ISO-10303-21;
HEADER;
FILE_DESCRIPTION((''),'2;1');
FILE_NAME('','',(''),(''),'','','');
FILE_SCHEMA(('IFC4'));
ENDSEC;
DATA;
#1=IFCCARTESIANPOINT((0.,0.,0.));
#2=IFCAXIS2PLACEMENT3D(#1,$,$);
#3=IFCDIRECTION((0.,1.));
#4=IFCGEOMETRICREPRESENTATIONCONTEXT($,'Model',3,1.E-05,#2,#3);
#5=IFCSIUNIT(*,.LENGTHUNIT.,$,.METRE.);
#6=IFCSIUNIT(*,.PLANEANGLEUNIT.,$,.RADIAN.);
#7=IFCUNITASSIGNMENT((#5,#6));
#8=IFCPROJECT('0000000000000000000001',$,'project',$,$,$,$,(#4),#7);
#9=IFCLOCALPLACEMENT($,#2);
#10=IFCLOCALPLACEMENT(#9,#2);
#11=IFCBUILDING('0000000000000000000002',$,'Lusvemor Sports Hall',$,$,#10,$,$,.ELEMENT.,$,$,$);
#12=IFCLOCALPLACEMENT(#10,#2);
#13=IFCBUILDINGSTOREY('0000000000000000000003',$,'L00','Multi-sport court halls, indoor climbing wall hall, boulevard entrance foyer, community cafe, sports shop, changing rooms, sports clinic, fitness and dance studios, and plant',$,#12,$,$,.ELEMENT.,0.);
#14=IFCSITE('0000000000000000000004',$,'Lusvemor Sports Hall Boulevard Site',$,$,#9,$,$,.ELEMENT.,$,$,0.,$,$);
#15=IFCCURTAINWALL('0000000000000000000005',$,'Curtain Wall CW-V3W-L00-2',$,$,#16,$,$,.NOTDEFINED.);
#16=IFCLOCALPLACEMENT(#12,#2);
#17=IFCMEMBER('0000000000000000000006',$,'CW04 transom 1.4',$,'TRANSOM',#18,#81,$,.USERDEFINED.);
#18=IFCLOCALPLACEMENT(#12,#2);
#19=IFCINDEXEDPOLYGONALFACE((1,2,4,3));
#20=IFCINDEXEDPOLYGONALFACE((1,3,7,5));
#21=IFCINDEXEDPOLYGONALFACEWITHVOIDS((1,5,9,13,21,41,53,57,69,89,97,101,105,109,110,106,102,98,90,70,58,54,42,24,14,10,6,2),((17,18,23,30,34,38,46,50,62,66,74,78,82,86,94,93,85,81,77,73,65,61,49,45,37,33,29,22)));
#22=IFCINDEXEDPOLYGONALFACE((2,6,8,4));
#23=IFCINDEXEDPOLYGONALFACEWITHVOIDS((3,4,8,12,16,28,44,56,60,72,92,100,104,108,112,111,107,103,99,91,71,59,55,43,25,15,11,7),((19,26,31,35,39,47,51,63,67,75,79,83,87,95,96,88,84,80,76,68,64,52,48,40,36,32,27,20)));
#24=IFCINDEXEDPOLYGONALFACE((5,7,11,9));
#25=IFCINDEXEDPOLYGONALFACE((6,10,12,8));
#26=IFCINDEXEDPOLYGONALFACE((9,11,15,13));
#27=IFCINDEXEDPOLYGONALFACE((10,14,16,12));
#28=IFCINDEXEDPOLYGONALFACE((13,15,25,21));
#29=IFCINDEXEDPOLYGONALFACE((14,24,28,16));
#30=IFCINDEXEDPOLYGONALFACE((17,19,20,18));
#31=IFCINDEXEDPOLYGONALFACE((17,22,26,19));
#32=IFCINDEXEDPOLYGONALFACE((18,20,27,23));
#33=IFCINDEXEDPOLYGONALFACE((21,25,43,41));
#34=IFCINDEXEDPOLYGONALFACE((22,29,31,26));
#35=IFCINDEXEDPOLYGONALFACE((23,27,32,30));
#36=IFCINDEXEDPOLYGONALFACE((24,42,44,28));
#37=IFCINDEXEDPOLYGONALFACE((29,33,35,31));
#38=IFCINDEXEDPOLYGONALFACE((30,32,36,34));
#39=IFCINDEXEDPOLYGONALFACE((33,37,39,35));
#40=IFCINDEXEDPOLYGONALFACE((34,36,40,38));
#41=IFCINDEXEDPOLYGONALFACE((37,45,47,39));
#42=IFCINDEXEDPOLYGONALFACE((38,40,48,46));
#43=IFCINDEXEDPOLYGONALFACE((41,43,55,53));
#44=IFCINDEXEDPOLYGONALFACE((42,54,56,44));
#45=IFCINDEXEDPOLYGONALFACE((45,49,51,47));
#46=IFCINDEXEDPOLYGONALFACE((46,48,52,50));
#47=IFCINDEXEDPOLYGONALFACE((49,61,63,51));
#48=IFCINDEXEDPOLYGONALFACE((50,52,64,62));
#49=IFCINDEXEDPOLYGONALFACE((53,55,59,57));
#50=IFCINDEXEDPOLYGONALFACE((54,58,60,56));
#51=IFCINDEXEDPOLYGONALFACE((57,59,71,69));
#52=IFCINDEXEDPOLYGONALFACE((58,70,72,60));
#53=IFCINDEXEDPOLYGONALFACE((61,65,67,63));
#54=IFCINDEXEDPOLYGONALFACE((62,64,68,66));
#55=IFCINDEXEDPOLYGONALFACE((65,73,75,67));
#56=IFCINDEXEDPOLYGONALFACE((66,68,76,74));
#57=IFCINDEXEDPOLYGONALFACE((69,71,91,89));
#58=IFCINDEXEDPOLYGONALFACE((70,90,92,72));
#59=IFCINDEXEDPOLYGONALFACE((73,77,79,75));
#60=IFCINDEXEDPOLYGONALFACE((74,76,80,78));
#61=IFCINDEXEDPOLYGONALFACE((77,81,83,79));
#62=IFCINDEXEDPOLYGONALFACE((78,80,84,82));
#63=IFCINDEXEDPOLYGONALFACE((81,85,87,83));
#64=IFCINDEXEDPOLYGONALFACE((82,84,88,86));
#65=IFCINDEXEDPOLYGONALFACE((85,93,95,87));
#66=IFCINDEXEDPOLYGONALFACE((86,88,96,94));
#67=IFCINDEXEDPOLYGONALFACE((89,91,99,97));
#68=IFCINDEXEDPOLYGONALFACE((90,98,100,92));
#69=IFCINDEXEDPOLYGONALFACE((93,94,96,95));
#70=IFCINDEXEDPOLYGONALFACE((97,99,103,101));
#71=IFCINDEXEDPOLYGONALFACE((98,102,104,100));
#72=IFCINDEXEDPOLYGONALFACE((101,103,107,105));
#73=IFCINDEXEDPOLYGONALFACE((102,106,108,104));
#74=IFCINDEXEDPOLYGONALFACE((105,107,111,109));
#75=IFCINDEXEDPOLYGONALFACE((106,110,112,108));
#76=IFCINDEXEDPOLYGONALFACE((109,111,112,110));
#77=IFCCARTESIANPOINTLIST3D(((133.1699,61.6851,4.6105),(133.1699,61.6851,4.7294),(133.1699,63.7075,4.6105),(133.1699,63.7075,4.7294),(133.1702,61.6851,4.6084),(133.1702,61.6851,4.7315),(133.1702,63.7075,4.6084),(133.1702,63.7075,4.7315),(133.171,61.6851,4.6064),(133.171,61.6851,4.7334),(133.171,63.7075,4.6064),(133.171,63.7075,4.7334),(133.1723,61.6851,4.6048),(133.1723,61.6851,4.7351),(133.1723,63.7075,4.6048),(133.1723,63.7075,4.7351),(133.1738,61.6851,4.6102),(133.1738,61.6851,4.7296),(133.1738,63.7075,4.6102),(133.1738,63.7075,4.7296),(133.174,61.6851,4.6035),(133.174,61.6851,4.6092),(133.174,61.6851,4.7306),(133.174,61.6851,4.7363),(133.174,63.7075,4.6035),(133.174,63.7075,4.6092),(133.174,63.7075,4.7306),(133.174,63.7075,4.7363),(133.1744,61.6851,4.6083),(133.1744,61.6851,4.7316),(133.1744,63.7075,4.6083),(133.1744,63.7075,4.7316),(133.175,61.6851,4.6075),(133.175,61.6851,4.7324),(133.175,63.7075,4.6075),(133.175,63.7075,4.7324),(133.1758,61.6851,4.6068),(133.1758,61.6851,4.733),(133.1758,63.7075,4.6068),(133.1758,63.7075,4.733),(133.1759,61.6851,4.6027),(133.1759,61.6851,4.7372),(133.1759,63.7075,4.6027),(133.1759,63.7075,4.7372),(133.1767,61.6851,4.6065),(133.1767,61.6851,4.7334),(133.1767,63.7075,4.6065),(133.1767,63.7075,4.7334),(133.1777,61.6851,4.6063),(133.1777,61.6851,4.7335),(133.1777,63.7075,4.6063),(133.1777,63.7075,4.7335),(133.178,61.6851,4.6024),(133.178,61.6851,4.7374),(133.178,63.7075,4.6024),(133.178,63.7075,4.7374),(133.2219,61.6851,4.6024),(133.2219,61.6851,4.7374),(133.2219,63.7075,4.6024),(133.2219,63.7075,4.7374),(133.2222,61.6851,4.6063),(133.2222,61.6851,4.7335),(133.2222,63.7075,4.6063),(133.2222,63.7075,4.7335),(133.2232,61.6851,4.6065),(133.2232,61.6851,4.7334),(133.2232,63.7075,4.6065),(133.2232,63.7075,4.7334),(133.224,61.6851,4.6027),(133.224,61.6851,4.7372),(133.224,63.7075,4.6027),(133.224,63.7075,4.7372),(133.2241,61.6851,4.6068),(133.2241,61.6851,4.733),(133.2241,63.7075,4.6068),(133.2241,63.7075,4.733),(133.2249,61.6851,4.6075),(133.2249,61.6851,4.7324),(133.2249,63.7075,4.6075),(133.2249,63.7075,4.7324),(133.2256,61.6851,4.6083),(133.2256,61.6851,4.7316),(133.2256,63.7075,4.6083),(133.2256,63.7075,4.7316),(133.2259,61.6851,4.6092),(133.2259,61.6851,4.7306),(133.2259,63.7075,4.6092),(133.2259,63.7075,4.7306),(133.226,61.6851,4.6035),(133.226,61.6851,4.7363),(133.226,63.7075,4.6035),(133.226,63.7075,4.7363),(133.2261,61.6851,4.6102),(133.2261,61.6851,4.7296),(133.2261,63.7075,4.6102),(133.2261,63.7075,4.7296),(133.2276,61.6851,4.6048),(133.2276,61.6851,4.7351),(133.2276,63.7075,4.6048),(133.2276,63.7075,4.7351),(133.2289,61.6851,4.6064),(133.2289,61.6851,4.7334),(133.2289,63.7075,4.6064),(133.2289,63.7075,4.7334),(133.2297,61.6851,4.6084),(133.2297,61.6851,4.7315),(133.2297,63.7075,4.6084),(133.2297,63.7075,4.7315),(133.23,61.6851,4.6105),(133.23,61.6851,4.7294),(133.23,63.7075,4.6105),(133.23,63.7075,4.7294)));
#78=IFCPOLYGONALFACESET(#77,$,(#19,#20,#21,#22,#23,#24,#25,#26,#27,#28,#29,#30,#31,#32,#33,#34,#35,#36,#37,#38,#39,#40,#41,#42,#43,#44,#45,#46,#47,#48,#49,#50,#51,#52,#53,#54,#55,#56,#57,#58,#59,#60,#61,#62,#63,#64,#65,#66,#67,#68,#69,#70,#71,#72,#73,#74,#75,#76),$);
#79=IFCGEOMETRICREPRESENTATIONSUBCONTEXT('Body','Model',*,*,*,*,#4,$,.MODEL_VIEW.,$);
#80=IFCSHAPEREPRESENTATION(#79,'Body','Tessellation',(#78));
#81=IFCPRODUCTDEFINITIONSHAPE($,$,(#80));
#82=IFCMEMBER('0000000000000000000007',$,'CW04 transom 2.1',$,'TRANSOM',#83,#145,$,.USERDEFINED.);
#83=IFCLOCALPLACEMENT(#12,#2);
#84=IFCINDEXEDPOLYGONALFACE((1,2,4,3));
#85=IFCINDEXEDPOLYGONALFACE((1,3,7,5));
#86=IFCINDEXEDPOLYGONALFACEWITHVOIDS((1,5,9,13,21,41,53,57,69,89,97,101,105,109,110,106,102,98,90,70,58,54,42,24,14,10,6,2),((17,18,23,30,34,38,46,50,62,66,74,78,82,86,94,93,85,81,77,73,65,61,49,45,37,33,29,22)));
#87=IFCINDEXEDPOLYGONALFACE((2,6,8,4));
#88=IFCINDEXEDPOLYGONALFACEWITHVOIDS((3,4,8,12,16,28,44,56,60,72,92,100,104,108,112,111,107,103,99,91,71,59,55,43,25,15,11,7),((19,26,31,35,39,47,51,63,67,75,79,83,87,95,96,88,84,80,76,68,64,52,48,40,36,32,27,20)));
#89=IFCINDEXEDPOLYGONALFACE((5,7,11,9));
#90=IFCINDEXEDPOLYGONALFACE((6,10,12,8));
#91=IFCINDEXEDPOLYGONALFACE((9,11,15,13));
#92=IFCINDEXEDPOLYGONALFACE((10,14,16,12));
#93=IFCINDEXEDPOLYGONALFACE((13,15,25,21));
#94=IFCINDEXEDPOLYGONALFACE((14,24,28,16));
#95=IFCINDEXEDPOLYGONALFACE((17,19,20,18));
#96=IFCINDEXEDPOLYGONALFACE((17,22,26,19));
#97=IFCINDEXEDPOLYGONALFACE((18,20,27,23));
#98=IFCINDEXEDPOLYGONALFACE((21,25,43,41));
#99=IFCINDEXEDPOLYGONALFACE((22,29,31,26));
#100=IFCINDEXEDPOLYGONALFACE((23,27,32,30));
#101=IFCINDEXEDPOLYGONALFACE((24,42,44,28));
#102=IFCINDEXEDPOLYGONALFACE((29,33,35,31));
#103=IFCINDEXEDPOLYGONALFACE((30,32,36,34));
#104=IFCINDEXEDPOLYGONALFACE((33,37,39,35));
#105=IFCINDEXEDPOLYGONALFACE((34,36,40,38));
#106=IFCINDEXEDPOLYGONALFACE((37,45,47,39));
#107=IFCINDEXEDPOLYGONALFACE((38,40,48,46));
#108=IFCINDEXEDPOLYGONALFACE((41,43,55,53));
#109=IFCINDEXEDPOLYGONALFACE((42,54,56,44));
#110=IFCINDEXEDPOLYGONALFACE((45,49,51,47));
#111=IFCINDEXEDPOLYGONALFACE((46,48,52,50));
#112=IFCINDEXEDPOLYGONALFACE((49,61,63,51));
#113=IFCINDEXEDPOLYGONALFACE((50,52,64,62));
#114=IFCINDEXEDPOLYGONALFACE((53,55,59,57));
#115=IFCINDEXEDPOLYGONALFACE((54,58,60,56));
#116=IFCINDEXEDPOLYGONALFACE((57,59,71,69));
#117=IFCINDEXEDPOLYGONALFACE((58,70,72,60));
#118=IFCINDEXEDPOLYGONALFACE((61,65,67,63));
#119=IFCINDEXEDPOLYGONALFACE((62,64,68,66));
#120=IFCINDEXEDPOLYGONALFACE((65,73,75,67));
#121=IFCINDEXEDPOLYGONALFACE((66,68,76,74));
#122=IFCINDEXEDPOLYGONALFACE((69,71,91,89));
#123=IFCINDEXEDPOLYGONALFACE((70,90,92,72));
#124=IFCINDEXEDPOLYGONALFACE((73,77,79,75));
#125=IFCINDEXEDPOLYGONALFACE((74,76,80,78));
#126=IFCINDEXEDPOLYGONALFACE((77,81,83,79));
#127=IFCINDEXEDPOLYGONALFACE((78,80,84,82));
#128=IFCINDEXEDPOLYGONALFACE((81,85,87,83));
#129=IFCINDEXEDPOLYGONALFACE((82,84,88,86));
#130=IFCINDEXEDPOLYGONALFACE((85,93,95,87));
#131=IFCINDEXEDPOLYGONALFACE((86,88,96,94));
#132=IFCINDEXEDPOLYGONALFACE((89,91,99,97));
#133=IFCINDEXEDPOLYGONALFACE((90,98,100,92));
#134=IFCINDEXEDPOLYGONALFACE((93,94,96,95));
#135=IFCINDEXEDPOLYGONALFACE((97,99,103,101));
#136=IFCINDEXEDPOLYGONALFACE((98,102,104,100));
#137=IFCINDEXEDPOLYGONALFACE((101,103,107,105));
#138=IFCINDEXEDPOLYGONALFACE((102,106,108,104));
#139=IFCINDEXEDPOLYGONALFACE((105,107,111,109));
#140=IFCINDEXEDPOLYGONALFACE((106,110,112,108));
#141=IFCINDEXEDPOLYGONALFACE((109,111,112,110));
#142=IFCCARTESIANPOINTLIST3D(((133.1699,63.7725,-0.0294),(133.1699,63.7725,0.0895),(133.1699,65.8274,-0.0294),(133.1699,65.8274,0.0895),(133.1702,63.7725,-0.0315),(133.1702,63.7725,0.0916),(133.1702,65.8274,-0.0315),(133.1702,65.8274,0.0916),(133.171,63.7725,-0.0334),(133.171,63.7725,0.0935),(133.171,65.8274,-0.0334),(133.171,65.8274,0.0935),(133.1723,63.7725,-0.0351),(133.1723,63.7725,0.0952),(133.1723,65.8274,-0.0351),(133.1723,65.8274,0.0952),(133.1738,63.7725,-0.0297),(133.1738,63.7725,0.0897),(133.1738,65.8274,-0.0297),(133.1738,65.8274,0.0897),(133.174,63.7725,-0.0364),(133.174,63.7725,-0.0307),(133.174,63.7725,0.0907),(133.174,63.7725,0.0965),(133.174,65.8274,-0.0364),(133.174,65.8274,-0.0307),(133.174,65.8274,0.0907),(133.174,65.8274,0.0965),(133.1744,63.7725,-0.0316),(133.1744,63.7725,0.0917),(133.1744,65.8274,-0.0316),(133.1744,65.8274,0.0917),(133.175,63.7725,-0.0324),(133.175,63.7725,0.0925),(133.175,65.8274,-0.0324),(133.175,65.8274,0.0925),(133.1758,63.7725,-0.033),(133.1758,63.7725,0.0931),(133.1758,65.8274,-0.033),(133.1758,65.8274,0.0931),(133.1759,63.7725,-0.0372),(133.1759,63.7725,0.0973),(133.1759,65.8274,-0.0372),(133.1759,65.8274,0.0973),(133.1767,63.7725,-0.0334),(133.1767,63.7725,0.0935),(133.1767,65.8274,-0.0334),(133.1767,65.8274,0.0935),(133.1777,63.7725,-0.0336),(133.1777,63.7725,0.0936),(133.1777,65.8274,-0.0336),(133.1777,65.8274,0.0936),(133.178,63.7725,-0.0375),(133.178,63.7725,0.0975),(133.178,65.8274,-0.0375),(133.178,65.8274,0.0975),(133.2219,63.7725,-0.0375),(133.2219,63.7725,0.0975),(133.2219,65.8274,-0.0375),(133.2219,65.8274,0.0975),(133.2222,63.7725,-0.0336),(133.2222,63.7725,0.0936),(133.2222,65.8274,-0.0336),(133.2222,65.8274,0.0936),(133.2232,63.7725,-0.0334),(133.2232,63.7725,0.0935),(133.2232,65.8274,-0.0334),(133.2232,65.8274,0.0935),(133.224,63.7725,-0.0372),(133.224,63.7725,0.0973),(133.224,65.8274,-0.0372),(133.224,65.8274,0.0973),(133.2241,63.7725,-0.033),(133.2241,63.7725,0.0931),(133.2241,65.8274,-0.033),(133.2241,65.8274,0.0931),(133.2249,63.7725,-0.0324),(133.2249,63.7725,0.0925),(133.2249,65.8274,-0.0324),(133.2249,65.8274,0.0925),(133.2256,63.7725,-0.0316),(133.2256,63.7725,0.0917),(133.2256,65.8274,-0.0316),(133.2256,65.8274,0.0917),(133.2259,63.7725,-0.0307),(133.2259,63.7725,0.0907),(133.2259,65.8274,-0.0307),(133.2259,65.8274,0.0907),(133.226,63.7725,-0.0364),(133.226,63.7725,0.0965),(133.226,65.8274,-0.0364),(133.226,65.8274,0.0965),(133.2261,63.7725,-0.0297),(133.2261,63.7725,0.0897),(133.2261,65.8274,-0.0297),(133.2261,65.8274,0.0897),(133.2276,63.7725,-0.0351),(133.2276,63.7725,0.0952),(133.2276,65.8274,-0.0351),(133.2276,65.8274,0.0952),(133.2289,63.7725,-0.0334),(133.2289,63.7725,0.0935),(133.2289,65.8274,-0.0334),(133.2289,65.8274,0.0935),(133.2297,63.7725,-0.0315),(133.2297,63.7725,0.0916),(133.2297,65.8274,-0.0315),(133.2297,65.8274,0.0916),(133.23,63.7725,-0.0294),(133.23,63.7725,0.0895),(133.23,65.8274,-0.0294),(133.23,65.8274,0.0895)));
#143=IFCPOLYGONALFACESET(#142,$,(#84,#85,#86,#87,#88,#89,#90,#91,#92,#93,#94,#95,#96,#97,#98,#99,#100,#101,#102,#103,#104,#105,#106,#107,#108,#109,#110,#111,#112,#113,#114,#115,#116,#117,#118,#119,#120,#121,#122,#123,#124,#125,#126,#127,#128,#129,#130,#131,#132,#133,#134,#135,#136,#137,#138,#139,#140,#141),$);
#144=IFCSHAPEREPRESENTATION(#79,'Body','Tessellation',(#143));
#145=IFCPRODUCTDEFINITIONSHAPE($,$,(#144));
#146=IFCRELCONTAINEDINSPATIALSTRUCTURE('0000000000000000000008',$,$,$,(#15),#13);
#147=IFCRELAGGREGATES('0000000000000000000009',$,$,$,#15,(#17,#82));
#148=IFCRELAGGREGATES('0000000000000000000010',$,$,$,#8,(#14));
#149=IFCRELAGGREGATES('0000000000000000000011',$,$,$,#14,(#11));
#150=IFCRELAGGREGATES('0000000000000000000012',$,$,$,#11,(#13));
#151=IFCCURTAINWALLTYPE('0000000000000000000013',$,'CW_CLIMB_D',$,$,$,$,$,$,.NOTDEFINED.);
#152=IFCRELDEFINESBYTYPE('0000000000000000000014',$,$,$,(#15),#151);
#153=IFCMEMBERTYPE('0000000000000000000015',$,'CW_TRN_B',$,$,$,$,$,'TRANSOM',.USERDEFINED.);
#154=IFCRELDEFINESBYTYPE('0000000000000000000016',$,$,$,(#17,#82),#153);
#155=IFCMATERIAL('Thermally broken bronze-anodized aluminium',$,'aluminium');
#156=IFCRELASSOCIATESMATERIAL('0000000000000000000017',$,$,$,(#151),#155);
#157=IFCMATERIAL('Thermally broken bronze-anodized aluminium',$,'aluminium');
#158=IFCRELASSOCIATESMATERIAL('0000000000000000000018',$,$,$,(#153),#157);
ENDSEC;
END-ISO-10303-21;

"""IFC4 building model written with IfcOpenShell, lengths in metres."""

from ifc_helpers import new_model, si_unit, direction, frame, origin, origin_2d, place, context, subcontext, project, spatial, hollow_rectangle, extrude, material, material_profile, profile_set, type_object, element, aggregate, save


model = new_model("IFC4")

# Units and contexts
model_context = context("Model", 3, precision=1e-05, world=origin(), true_north=direction((0.0, 1.0)))
body_context = subcontext(model_context, "Body", "Model", "MODEL_VIEW")
ifc_project = project(units=[si_unit("LENGTHUNIT", "METRE"), si_unit("PLANEANGLEUNIT", "RADIAN")], contexts=[model_context])

# Site, building, storey
site_placement = place(None, origin())
site = spatial("IfcSite", under=ifc_project, at=site_placement, Name="Lusvemor Sports Hall Boulevard Site", CompositionType="ELEMENT", RefElevation=0.0)
building_placement = place(site_placement, origin())
building = spatial("IfcBuilding", under=site, at=building_placement, Name="Lusvemor Sports Hall", CompositionType="ELEMENT")
storey_placement = place(building_placement, origin())
storey = spatial("IfcBuildingStorey", under=building, at=storey_placement, Name="L00", Description="Multi-sport court halls, indoor climbing wall hall, boulevard entrance foyer, community cafe, sports shop, changing rooms, sports clinic, fitness and dance studios, and plant", CompositionType="ELEMENT", Elevation=0.0)

# Curtain wall, members
ifc_material_1 = material(Name="Thermally broken bronze-anodized aluminium", Category="aluminium")
curtain_wall_type = type_object("IfcCurtainWallType", Name="CW_CLIMB_D", PredefinedType="NOTDEFINED", material=ifc_material_1)
curtain_wall_placement = place(storey_placement, origin())
curtain_wall = element("IfcCurtainWall", 1, at=curtain_wall_placement, inside=storey, type_object=curtain_wall_type, Name="Curtain Wall CW-V3W-L00-2", PredefinedType="NOTDEFINED")
ifc_material_2 = material(Name="Thermally broken bronze-anodized aluminium", Category="aluminium")
ifc_material_profile_1 = material_profile(ifc_material_2, hollow_rectangle(XDim=0.0601, YDim=0.135, WallThickness=0.0039, InnerFilletRadius=0.0039, OuterFilletRadius=0.0081, at=origin_2d()), Name="CWTRN135x60x4")
ifc_profile_set_1 = profile_set([ifc_material_profile_1], Name="Thermally broken bronze-anodized aluminium")
member_type_1 = type_object("IfcMemberType", Name="CW_TRN_B", ElementType="TRANSOM", PredefinedType="USERDEFINED", material=ifc_profile_set_1)
member_1_placement = place(storey_placement, frame((133.2, 61.6851, 4.6699), z_axis=(0.0, 1.0, 0.0), x_axis=(-1.0, 0.0, 0.0)))
member_1 = element("IfcMember", 2, at=member_1_placement, type_object=member_type_1, Name="CW04 transom 1.4", ObjectType="TRANSOM", PredefinedType="USERDEFINED", context=body_context, shape_type="SweptSolid", body=[
    extrude(hollow_rectangle(XDim=0.0601, YDim=0.135, WallThickness=0.0039, InnerFilletRadius=0.0039, OuterFilletRadius=0.0081, at=origin_2d()), origin(), (0.0, 0.0, 1.0), 2.0225),
])
member_2_placement = place(storey_placement, frame((133.2, 63.7725, 0.03), z_axis=(0.0, 1.0, 0.0), x_axis=(-1.0, 0.0, 0.0)))
member_2 = element("IfcMember", 3, at=member_2_placement, type_object=member_type_1, Name="CW04 transom 2.1", ObjectType="TRANSOM", PredefinedType="USERDEFINED", context=body_context, shape_type="SweptSolid", body=[
    extrude(hollow_rectangle(XDim=0.0601, YDim=0.135, WallThickness=0.0039, InnerFilletRadius=0.0039, OuterFilletRadius=0.0081, at=origin_2d()), origin(), (0.0, 0.0, 1.0), 2.0549),
])
aggregate(curtain_wall, [member_1, member_2])

save(model, "model.ifc")
